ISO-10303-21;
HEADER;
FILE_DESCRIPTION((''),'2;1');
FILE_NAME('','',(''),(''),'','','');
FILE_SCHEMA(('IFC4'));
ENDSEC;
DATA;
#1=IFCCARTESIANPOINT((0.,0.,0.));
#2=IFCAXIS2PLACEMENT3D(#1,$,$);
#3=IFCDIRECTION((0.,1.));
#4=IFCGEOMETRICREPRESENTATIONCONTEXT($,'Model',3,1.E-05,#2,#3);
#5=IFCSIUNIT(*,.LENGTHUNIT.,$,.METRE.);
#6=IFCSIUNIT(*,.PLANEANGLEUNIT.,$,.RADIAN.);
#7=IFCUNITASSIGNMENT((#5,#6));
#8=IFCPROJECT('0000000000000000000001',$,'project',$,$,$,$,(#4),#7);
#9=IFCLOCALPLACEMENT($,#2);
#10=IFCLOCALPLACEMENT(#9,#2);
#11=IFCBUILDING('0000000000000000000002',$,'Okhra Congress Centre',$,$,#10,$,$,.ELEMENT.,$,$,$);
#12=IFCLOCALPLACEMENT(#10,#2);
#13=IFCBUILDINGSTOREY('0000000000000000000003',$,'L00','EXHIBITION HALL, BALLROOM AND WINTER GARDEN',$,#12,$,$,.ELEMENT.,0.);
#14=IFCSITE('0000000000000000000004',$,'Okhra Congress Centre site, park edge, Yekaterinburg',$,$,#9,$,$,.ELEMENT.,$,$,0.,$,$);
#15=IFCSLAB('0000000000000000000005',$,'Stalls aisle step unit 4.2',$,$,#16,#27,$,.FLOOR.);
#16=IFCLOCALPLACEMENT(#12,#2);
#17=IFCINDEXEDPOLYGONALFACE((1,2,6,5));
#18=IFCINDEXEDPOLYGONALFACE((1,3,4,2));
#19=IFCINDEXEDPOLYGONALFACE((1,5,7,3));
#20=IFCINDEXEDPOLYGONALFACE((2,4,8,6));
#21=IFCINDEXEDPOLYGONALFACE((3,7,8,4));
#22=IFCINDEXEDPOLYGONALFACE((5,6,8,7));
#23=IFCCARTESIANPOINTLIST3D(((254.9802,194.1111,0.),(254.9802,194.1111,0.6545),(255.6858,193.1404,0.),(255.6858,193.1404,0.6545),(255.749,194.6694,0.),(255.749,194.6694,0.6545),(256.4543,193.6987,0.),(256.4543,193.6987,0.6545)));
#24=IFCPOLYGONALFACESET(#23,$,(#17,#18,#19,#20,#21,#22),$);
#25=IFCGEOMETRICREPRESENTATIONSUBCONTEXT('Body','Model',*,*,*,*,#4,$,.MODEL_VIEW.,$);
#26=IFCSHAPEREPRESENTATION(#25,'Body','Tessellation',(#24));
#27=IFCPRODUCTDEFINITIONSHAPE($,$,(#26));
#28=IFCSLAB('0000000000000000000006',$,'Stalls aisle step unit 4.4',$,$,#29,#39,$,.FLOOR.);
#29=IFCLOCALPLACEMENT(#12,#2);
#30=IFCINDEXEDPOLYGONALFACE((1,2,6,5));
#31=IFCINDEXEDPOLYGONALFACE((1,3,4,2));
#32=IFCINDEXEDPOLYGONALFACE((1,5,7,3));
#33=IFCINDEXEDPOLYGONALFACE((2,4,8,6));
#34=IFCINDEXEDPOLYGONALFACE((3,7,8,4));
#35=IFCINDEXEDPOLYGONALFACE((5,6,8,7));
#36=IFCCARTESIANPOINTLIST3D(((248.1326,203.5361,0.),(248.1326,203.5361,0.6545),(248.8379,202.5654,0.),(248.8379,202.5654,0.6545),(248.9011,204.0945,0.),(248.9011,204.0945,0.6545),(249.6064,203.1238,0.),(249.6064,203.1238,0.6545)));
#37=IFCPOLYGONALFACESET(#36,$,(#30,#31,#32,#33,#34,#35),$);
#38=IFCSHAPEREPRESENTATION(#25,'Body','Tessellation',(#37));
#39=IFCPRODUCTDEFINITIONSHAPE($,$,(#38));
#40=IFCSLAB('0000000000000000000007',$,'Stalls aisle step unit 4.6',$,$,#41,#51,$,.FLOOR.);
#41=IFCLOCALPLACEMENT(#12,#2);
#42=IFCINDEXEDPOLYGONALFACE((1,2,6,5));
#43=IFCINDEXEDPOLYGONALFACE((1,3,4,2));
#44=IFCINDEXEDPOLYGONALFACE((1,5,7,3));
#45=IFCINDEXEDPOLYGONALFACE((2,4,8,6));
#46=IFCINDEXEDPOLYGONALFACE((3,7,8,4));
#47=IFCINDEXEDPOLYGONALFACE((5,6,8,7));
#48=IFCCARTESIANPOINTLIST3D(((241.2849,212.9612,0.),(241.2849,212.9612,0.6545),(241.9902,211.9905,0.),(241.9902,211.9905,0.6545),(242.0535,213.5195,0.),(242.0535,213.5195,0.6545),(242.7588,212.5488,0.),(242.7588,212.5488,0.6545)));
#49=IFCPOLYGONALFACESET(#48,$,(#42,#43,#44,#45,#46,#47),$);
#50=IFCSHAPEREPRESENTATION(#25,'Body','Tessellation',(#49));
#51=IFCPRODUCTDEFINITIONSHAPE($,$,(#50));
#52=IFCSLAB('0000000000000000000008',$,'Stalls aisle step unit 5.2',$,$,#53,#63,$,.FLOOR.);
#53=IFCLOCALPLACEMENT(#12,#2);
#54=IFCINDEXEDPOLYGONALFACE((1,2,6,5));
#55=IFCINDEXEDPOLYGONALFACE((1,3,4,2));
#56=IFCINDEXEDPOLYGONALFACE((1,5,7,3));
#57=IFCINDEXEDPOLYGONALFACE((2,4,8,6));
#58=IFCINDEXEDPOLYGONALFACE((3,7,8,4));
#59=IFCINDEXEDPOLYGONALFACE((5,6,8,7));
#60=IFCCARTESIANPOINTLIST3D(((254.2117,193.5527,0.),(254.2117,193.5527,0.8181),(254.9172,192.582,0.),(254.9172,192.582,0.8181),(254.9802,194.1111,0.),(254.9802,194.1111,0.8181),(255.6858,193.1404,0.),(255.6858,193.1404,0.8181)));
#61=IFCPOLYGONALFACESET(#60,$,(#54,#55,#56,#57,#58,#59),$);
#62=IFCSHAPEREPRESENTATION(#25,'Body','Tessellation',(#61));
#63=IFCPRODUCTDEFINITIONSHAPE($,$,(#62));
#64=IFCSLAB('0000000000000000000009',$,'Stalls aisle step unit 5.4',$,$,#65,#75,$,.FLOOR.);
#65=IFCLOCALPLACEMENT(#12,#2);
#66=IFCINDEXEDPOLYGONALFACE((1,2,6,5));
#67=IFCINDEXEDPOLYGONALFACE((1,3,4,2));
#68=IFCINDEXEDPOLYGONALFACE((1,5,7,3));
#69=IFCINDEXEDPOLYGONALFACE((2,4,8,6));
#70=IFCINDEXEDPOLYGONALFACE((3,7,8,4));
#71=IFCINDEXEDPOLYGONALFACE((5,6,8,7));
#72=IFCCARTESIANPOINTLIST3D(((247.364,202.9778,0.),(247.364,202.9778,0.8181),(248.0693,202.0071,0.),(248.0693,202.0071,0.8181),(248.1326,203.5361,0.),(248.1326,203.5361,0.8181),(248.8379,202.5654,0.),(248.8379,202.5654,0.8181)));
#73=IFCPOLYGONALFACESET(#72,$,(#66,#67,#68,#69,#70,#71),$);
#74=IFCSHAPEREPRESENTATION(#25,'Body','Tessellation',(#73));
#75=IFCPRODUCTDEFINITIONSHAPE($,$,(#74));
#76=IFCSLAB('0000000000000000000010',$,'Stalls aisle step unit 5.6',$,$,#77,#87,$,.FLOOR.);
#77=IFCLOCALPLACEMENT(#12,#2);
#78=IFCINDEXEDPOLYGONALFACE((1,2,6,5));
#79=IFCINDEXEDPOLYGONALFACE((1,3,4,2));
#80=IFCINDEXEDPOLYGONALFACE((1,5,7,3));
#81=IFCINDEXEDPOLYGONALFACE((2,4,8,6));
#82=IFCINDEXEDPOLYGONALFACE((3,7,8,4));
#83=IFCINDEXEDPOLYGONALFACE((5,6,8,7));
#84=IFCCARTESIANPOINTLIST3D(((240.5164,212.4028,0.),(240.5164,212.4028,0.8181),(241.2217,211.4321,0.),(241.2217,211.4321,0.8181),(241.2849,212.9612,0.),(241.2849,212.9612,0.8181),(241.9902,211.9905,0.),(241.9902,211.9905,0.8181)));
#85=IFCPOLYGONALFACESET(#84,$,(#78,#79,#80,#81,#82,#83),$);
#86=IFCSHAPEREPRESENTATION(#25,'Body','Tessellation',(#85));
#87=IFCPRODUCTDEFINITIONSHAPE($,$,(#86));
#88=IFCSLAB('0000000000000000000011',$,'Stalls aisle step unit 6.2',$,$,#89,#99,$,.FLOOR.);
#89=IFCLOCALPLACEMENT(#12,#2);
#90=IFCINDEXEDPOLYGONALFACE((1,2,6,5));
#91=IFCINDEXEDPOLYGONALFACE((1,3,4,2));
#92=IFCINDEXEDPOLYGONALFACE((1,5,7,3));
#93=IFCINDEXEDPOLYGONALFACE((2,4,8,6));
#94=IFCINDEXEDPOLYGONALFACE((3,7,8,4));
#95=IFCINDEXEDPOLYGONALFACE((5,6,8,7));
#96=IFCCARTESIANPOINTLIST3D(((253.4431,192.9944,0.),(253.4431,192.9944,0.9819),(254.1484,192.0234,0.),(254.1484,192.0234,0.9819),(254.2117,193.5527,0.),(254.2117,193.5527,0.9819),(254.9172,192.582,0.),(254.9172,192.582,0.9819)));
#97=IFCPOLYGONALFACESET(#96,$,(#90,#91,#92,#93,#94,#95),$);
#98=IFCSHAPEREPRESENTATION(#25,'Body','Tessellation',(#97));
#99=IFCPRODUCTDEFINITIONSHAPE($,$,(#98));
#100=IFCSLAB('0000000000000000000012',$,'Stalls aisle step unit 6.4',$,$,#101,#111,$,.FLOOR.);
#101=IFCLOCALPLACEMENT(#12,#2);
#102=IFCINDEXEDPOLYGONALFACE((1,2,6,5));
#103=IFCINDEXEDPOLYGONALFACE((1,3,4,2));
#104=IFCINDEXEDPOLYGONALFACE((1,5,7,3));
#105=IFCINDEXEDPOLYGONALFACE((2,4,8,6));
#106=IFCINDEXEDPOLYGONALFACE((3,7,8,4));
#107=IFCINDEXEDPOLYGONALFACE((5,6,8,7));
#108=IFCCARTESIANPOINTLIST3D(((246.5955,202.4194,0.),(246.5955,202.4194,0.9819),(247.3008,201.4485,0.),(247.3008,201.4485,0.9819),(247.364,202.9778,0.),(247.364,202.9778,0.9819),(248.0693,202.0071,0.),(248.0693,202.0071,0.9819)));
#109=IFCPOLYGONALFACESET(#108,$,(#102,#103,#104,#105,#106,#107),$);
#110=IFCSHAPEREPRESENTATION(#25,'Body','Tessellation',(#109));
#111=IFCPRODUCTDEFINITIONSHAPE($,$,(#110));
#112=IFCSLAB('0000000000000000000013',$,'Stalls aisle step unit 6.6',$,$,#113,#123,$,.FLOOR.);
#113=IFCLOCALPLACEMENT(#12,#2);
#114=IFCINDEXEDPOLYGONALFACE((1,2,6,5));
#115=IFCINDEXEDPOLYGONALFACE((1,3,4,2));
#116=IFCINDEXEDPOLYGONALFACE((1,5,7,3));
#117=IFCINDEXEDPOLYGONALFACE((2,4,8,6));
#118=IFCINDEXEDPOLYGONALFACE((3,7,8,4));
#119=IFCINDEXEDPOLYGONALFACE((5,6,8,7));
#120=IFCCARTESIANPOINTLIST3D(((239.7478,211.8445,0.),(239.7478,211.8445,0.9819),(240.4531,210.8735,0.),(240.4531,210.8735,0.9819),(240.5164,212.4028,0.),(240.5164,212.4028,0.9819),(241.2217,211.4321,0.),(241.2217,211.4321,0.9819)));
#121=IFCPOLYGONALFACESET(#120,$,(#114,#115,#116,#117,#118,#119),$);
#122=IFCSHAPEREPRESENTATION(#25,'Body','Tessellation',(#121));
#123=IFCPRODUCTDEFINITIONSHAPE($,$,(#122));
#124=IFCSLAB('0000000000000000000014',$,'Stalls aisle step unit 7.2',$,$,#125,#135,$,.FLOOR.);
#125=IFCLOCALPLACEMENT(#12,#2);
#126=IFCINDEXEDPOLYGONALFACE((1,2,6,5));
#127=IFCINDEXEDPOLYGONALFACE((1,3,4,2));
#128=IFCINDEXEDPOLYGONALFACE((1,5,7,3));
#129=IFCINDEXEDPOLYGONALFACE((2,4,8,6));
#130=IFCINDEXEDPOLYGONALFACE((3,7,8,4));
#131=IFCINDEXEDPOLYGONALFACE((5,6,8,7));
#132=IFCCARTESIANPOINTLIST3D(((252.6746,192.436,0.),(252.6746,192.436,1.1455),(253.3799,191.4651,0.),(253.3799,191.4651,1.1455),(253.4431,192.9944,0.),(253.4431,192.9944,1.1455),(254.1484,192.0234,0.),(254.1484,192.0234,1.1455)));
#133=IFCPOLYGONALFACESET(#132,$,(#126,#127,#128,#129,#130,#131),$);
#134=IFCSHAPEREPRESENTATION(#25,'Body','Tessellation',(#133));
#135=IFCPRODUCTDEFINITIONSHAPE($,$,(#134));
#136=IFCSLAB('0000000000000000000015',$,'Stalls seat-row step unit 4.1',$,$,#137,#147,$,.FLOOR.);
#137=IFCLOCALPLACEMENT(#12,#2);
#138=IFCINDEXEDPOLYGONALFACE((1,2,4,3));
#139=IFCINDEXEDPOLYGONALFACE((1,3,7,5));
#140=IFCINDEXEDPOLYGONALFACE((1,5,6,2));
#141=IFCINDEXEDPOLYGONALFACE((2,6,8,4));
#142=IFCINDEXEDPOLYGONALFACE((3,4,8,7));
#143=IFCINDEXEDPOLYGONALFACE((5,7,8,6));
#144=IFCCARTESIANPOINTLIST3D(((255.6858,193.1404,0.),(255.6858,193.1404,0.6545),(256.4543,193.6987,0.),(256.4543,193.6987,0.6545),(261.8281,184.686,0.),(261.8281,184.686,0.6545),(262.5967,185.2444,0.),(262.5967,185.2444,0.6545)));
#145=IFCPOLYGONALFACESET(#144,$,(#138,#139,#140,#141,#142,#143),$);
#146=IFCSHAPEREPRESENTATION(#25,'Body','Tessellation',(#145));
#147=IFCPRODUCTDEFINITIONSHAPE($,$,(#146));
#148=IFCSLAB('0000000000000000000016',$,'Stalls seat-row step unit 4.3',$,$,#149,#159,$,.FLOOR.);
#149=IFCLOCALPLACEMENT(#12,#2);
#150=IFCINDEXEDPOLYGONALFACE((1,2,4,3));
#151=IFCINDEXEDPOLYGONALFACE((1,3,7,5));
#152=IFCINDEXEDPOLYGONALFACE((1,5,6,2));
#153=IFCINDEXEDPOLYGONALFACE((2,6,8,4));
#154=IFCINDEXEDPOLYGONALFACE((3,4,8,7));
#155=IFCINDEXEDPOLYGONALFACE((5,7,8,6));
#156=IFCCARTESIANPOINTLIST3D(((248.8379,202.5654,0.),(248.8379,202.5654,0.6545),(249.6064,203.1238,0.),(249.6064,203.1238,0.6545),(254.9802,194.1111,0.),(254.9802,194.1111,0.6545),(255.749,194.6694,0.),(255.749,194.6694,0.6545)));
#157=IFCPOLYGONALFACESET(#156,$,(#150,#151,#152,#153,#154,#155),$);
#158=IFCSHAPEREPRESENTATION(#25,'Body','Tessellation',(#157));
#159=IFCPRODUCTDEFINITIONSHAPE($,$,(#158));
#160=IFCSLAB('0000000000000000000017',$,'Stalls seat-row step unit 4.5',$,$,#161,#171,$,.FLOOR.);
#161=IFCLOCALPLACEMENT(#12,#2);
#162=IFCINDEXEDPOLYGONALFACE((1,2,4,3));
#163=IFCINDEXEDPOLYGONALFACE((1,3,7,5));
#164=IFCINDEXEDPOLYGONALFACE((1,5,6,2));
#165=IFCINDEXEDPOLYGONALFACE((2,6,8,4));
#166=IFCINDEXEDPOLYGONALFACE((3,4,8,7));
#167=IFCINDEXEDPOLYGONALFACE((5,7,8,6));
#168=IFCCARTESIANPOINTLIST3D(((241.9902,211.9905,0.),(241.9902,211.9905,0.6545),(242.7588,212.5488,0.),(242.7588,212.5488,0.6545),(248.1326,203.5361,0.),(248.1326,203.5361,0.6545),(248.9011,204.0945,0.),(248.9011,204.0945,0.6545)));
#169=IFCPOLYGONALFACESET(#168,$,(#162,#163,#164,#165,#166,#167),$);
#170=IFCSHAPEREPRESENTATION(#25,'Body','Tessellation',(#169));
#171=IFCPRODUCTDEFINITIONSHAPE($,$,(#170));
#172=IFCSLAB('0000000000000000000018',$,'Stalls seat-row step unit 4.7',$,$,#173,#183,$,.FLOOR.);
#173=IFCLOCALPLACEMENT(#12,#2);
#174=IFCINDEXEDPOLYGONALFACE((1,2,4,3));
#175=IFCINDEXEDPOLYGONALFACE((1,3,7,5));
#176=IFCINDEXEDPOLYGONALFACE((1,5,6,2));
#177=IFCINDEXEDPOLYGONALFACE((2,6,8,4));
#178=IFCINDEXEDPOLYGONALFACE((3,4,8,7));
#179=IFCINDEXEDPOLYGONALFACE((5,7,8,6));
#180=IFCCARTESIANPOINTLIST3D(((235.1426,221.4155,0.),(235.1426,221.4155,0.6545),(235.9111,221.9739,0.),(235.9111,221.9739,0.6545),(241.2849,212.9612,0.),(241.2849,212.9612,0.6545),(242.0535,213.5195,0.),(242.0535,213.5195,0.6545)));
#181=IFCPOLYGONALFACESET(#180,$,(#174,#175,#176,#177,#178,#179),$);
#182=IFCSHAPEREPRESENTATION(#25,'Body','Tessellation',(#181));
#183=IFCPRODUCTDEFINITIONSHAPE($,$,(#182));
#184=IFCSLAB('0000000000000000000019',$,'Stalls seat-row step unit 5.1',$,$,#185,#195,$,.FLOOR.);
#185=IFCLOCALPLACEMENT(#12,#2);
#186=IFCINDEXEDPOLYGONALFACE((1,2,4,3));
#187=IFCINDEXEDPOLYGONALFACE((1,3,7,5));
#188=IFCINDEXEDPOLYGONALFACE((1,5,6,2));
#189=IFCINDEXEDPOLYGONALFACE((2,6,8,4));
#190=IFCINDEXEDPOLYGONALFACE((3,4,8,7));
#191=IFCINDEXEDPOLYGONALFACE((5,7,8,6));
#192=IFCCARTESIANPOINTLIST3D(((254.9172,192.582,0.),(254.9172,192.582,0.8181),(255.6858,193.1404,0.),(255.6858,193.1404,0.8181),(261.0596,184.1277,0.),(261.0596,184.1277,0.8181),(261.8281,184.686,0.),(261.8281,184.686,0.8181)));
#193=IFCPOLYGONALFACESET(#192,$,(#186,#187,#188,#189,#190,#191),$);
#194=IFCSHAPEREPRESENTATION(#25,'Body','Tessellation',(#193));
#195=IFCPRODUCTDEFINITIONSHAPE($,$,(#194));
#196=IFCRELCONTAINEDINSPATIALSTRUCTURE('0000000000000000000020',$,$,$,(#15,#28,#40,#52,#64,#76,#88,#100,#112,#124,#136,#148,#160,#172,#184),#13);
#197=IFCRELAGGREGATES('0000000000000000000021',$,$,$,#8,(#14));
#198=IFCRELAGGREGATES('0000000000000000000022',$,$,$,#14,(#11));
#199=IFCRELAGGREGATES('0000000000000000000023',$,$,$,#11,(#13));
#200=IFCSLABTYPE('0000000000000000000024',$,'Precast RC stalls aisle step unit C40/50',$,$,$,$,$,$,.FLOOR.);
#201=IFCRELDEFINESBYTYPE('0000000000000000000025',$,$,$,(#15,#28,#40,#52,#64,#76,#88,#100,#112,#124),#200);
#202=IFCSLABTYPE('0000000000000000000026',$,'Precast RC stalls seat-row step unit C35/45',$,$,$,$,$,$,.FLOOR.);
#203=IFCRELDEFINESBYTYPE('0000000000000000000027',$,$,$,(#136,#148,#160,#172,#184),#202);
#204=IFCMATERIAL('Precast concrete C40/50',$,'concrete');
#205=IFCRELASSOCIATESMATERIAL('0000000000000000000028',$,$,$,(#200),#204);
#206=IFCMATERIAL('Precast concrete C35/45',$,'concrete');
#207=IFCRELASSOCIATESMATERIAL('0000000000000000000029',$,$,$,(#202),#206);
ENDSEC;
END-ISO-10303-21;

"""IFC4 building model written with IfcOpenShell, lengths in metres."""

from ifc_helpers import new_model, si_unit, direction, origin, place, context, subcontext, project, spatial, polyline, outline, extrude, material, type_object, element, save


model = new_model("IFC4")

# Units and contexts
model_context = context("Model", 3, precision=1e-05, world=origin(), true_north=direction((0.0, 1.0)))
body_context = subcontext(model_context, "Body", "Model", "MODEL_VIEW")
ifc_project = project(units=[si_unit("LENGTHUNIT", "METRE"), si_unit("PLANEANGLEUNIT", "RADIAN")], contexts=[model_context])

# Site, building, storey
site_placement = place(None, origin())
site = spatial("IfcSite", under=ifc_project, at=site_placement, Name="Okhra Congress Centre site, park edge, Yekaterinburg", CompositionType="ELEMENT", RefElevation=0.0)
building_placement = place(site_placement, origin())
building = spatial("IfcBuilding", under=site, at=building_placement, Name="Okhra Congress Centre", CompositionType="ELEMENT")
storey_placement = place(building_placement, origin())
storey = spatial("IfcBuildingStorey", under=building, at=storey_placement, Name="L00", Description="EXHIBITION HALL, BALLROOM AND WINTER GARDEN", CompositionType="ELEMENT", Elevation=0.0)

# Slabs
ifc_material_1 = material(Name="Precast concrete C40/50", Category="concrete")
slab_type_1 = type_object("IfcSlabType", Name="Precast RC stalls aisle step unit C40/50", PredefinedType="FLOOR", material=ifc_material_1)
slab_1_placement = place(storey_placement, origin())
element("IfcSlab", 1, at=slab_1_placement, inside=storey, type_object=slab_type_1, Name="Stalls aisle step unit 4.2", PredefinedType="FLOOR", context=body_context, shape_type="SweptSolid", body=[
    extrude(outline(polyline([(255.6858, 193.1404), (256.4543, 193.6987), (255.749, 194.6694), (254.9802, 194.1111), (255.6858, 193.1404)])), origin(), (0.0, 0.0, 1.0), 0.6545),
])
slab_2_placement = place(storey_placement, origin())
element("IfcSlab", 2, at=slab_2_placement, inside=storey, type_object=slab_type_1, Name="Stalls aisle step unit 4.4", PredefinedType="FLOOR", context=body_context, shape_type="SweptSolid", body=[
    extrude(outline(polyline([(248.8379, 202.5654), (249.6064, 203.1238), (248.9011, 204.0945), (248.1326, 203.5361), (248.8379, 202.5654)])), origin(), (0.0, 0.0, 1.0), 0.6545),
])
slab_3_placement = place(storey_placement, origin())
element("IfcSlab", 3, at=slab_3_placement, inside=storey, type_object=slab_type_1, Name="Stalls aisle step unit 4.6", PredefinedType="FLOOR", context=body_context, shape_type="SweptSolid", body=[
    extrude(outline(polyline([(241.9902, 211.9905), (242.7588, 212.5488), (242.0535, 213.5195), (241.2849, 212.9612), (241.9902, 211.9905)])), origin(), (0.0, 0.0, 1.0), 0.6545),
])
slab_4_placement = place(storey_placement, origin())
element("IfcSlab", 4, at=slab_4_placement, inside=storey, type_object=slab_type_1, Name="Stalls aisle step unit 5.2", PredefinedType="FLOOR", context=body_context, shape_type="SweptSolid", body=[
    extrude(outline(polyline([(254.9172, 192.582), (255.6858, 193.1404), (254.9802, 194.1111), (254.2117, 193.5527), (254.9172, 192.582)])), origin(), (0.0, 0.0, 1.0), 0.8181),
])
slab_5_placement = place(storey_placement, origin())
element("IfcSlab", 5, at=slab_5_placement, inside=storey, type_object=slab_type_1, Name="Stalls aisle step unit 5.4", PredefinedType="FLOOR", context=body_context, shape_type="SweptSolid", body=[
    extrude(outline(polyline([(248.0693, 202.0071), (248.8379, 202.5654), (248.1326, 203.5361), (247.364, 202.9778), (248.0693, 202.0071)])), origin(), (0.0, 0.0, 1.0), 0.8181),
])
slab_6_placement = place(storey_placement, origin())
element("IfcSlab", 6, at=slab_6_placement, inside=storey, type_object=slab_type_1, Name="Stalls aisle step unit 5.6", PredefinedType="FLOOR", context=body_context, shape_type="SweptSolid", body=[
    extrude(outline(polyline([(241.2217, 211.4321), (241.9902, 211.9905), (241.2849, 212.9612), (240.5164, 212.4028), (241.2217, 211.4321)])), origin(), (0.0, 0.0, 1.0), 0.8181),
])
slab_7_placement = place(storey_placement, origin())
element("IfcSlab", 7, at=slab_7_placement, inside=storey, type_object=slab_type_1, Name="Stalls aisle step unit 6.2", PredefinedType="FLOOR", context=body_context, shape_type="SweptSolid", body=[
    extrude(outline(polyline([(254.1484, 192.0234), (254.9172, 192.582), (254.2117, 193.5527), (253.4431, 192.9944), (254.1484, 192.0234)])), origin(), (0.0, 0.0, 1.0), 0.9819),
])
slab_8_placement = place(storey_placement, origin())
element("IfcSlab", 8, at=slab_8_placement, inside=storey, type_object=slab_type_1, Name="Stalls aisle step unit 6.4", PredefinedType="FLOOR", context=body_context, shape_type="SweptSolid", body=[
    extrude(outline(polyline([(247.3008, 201.4485), (248.0693, 202.0071), (247.364, 202.9778), (246.5955, 202.4194), (247.3008, 201.4485)])), origin(), (0.0, 0.0, 1.0), 0.9819),
])
slab_9_placement = place(storey_placement, origin())
element("IfcSlab", 9, at=slab_9_placement, inside=storey, type_object=slab_type_1, Name="Stalls aisle step unit 6.6", PredefinedType="FLOOR", context=body_context, shape_type="SweptSolid", body=[
    extrude(outline(polyline([(240.4531, 210.8735), (241.2217, 211.4321), (240.5164, 212.4028), (239.7478, 211.8445), (240.4531, 210.8735)])), origin(), (0.0, 0.0, 1.0), 0.9819),
])
slab_10_placement = place(storey_placement, origin())
element("IfcSlab", 10, at=slab_10_placement, inside=storey, type_object=slab_type_1, Name="Stalls aisle step unit 7.2", PredefinedType="FLOOR", context=body_context, shape_type="SweptSolid", body=[
    extrude(outline(polyline([(253.3799, 191.4651), (254.1484, 192.0234), (253.4431, 192.9944), (252.6746, 192.436), (253.3799, 191.4651)])), origin(), (0.0, 0.0, 1.0), 1.1455),
])
ifc_material_2 = material(Name="Precast concrete C35/45", Category="concrete")
slab_type_2 = type_object("IfcSlabType", Name="Precast RC stalls seat-row step unit C35/45", PredefinedType="FLOOR", material=ifc_material_2)
slab_11_placement = place(storey_placement, origin())
element("IfcSlab", 11, at=slab_11_placement, inside=storey, type_object=slab_type_2, Name="Stalls seat-row step unit 4.1", PredefinedType="FLOOR", context=body_context, shape_type="SweptSolid", body=[
    extrude(outline(polyline([(261.8281, 184.686), (262.5967, 185.2444), (256.4543, 193.6987), (255.6858, 193.1404), (261.8281, 184.686)])), origin(), (0.0, 0.0, 1.0), 0.6545),
])
slab_12_placement = place(storey_placement, origin())
element("IfcSlab", 12, at=slab_12_placement, inside=storey, type_object=slab_type_2, Name="Stalls seat-row step unit 4.3", PredefinedType="FLOOR", context=body_context, shape_type="SweptSolid", body=[
    extrude(outline(polyline([(254.9802, 194.1111), (255.749, 194.6694), (249.6064, 203.1238), (248.8379, 202.5654), (254.9802, 194.1111)])), origin(), (0.0, 0.0, 1.0), 0.6545),
])
slab_13_placement = place(storey_placement, origin())
element("IfcSlab", 13, at=slab_13_placement, inside=storey, type_object=slab_type_2, Name="Stalls seat-row step unit 4.5", PredefinedType="FLOOR", context=body_context, shape_type="SweptSolid", body=[
    extrude(outline(polyline([(248.1326, 203.5361), (248.9011, 204.0945), (242.7588, 212.5488), (241.9902, 211.9905), (248.1326, 203.5361)])), origin(), (0.0, 0.0, 1.0), 0.6545),
])
slab_14_placement = place(storey_placement, origin())
element("IfcSlab", 14, at=slab_14_placement, inside=storey, type_object=slab_type_2, Name="Stalls seat-row step unit 4.7", PredefinedType="FLOOR", context=body_context, shape_type="SweptSolid", body=[
    extrude(outline(polyline([(241.2849, 212.9612), (242.0535, 213.5195), (235.9111, 221.9739), (235.1426, 221.4155), (241.2849, 212.9612)])), origin(), (0.0, 0.0, 1.0), 0.6545),
])
slab_15_placement = place(storey_placement, origin())
element("IfcSlab", 15, at=slab_15_placement, inside=storey, type_object=slab_type_2, Name="Stalls seat-row step unit 5.1", PredefinedType="FLOOR", context=body_context, shape_type="SweptSolid", body=[
    extrude(outline(polyline([(261.0596, 184.1277), (261.8281, 184.686), (255.6858, 193.1404), (254.9172, 192.582), (261.0596, 184.1277)])), origin(), (0.0, 0.0, 1.0), 0.8181),
])

save(model, "model.ifc")
